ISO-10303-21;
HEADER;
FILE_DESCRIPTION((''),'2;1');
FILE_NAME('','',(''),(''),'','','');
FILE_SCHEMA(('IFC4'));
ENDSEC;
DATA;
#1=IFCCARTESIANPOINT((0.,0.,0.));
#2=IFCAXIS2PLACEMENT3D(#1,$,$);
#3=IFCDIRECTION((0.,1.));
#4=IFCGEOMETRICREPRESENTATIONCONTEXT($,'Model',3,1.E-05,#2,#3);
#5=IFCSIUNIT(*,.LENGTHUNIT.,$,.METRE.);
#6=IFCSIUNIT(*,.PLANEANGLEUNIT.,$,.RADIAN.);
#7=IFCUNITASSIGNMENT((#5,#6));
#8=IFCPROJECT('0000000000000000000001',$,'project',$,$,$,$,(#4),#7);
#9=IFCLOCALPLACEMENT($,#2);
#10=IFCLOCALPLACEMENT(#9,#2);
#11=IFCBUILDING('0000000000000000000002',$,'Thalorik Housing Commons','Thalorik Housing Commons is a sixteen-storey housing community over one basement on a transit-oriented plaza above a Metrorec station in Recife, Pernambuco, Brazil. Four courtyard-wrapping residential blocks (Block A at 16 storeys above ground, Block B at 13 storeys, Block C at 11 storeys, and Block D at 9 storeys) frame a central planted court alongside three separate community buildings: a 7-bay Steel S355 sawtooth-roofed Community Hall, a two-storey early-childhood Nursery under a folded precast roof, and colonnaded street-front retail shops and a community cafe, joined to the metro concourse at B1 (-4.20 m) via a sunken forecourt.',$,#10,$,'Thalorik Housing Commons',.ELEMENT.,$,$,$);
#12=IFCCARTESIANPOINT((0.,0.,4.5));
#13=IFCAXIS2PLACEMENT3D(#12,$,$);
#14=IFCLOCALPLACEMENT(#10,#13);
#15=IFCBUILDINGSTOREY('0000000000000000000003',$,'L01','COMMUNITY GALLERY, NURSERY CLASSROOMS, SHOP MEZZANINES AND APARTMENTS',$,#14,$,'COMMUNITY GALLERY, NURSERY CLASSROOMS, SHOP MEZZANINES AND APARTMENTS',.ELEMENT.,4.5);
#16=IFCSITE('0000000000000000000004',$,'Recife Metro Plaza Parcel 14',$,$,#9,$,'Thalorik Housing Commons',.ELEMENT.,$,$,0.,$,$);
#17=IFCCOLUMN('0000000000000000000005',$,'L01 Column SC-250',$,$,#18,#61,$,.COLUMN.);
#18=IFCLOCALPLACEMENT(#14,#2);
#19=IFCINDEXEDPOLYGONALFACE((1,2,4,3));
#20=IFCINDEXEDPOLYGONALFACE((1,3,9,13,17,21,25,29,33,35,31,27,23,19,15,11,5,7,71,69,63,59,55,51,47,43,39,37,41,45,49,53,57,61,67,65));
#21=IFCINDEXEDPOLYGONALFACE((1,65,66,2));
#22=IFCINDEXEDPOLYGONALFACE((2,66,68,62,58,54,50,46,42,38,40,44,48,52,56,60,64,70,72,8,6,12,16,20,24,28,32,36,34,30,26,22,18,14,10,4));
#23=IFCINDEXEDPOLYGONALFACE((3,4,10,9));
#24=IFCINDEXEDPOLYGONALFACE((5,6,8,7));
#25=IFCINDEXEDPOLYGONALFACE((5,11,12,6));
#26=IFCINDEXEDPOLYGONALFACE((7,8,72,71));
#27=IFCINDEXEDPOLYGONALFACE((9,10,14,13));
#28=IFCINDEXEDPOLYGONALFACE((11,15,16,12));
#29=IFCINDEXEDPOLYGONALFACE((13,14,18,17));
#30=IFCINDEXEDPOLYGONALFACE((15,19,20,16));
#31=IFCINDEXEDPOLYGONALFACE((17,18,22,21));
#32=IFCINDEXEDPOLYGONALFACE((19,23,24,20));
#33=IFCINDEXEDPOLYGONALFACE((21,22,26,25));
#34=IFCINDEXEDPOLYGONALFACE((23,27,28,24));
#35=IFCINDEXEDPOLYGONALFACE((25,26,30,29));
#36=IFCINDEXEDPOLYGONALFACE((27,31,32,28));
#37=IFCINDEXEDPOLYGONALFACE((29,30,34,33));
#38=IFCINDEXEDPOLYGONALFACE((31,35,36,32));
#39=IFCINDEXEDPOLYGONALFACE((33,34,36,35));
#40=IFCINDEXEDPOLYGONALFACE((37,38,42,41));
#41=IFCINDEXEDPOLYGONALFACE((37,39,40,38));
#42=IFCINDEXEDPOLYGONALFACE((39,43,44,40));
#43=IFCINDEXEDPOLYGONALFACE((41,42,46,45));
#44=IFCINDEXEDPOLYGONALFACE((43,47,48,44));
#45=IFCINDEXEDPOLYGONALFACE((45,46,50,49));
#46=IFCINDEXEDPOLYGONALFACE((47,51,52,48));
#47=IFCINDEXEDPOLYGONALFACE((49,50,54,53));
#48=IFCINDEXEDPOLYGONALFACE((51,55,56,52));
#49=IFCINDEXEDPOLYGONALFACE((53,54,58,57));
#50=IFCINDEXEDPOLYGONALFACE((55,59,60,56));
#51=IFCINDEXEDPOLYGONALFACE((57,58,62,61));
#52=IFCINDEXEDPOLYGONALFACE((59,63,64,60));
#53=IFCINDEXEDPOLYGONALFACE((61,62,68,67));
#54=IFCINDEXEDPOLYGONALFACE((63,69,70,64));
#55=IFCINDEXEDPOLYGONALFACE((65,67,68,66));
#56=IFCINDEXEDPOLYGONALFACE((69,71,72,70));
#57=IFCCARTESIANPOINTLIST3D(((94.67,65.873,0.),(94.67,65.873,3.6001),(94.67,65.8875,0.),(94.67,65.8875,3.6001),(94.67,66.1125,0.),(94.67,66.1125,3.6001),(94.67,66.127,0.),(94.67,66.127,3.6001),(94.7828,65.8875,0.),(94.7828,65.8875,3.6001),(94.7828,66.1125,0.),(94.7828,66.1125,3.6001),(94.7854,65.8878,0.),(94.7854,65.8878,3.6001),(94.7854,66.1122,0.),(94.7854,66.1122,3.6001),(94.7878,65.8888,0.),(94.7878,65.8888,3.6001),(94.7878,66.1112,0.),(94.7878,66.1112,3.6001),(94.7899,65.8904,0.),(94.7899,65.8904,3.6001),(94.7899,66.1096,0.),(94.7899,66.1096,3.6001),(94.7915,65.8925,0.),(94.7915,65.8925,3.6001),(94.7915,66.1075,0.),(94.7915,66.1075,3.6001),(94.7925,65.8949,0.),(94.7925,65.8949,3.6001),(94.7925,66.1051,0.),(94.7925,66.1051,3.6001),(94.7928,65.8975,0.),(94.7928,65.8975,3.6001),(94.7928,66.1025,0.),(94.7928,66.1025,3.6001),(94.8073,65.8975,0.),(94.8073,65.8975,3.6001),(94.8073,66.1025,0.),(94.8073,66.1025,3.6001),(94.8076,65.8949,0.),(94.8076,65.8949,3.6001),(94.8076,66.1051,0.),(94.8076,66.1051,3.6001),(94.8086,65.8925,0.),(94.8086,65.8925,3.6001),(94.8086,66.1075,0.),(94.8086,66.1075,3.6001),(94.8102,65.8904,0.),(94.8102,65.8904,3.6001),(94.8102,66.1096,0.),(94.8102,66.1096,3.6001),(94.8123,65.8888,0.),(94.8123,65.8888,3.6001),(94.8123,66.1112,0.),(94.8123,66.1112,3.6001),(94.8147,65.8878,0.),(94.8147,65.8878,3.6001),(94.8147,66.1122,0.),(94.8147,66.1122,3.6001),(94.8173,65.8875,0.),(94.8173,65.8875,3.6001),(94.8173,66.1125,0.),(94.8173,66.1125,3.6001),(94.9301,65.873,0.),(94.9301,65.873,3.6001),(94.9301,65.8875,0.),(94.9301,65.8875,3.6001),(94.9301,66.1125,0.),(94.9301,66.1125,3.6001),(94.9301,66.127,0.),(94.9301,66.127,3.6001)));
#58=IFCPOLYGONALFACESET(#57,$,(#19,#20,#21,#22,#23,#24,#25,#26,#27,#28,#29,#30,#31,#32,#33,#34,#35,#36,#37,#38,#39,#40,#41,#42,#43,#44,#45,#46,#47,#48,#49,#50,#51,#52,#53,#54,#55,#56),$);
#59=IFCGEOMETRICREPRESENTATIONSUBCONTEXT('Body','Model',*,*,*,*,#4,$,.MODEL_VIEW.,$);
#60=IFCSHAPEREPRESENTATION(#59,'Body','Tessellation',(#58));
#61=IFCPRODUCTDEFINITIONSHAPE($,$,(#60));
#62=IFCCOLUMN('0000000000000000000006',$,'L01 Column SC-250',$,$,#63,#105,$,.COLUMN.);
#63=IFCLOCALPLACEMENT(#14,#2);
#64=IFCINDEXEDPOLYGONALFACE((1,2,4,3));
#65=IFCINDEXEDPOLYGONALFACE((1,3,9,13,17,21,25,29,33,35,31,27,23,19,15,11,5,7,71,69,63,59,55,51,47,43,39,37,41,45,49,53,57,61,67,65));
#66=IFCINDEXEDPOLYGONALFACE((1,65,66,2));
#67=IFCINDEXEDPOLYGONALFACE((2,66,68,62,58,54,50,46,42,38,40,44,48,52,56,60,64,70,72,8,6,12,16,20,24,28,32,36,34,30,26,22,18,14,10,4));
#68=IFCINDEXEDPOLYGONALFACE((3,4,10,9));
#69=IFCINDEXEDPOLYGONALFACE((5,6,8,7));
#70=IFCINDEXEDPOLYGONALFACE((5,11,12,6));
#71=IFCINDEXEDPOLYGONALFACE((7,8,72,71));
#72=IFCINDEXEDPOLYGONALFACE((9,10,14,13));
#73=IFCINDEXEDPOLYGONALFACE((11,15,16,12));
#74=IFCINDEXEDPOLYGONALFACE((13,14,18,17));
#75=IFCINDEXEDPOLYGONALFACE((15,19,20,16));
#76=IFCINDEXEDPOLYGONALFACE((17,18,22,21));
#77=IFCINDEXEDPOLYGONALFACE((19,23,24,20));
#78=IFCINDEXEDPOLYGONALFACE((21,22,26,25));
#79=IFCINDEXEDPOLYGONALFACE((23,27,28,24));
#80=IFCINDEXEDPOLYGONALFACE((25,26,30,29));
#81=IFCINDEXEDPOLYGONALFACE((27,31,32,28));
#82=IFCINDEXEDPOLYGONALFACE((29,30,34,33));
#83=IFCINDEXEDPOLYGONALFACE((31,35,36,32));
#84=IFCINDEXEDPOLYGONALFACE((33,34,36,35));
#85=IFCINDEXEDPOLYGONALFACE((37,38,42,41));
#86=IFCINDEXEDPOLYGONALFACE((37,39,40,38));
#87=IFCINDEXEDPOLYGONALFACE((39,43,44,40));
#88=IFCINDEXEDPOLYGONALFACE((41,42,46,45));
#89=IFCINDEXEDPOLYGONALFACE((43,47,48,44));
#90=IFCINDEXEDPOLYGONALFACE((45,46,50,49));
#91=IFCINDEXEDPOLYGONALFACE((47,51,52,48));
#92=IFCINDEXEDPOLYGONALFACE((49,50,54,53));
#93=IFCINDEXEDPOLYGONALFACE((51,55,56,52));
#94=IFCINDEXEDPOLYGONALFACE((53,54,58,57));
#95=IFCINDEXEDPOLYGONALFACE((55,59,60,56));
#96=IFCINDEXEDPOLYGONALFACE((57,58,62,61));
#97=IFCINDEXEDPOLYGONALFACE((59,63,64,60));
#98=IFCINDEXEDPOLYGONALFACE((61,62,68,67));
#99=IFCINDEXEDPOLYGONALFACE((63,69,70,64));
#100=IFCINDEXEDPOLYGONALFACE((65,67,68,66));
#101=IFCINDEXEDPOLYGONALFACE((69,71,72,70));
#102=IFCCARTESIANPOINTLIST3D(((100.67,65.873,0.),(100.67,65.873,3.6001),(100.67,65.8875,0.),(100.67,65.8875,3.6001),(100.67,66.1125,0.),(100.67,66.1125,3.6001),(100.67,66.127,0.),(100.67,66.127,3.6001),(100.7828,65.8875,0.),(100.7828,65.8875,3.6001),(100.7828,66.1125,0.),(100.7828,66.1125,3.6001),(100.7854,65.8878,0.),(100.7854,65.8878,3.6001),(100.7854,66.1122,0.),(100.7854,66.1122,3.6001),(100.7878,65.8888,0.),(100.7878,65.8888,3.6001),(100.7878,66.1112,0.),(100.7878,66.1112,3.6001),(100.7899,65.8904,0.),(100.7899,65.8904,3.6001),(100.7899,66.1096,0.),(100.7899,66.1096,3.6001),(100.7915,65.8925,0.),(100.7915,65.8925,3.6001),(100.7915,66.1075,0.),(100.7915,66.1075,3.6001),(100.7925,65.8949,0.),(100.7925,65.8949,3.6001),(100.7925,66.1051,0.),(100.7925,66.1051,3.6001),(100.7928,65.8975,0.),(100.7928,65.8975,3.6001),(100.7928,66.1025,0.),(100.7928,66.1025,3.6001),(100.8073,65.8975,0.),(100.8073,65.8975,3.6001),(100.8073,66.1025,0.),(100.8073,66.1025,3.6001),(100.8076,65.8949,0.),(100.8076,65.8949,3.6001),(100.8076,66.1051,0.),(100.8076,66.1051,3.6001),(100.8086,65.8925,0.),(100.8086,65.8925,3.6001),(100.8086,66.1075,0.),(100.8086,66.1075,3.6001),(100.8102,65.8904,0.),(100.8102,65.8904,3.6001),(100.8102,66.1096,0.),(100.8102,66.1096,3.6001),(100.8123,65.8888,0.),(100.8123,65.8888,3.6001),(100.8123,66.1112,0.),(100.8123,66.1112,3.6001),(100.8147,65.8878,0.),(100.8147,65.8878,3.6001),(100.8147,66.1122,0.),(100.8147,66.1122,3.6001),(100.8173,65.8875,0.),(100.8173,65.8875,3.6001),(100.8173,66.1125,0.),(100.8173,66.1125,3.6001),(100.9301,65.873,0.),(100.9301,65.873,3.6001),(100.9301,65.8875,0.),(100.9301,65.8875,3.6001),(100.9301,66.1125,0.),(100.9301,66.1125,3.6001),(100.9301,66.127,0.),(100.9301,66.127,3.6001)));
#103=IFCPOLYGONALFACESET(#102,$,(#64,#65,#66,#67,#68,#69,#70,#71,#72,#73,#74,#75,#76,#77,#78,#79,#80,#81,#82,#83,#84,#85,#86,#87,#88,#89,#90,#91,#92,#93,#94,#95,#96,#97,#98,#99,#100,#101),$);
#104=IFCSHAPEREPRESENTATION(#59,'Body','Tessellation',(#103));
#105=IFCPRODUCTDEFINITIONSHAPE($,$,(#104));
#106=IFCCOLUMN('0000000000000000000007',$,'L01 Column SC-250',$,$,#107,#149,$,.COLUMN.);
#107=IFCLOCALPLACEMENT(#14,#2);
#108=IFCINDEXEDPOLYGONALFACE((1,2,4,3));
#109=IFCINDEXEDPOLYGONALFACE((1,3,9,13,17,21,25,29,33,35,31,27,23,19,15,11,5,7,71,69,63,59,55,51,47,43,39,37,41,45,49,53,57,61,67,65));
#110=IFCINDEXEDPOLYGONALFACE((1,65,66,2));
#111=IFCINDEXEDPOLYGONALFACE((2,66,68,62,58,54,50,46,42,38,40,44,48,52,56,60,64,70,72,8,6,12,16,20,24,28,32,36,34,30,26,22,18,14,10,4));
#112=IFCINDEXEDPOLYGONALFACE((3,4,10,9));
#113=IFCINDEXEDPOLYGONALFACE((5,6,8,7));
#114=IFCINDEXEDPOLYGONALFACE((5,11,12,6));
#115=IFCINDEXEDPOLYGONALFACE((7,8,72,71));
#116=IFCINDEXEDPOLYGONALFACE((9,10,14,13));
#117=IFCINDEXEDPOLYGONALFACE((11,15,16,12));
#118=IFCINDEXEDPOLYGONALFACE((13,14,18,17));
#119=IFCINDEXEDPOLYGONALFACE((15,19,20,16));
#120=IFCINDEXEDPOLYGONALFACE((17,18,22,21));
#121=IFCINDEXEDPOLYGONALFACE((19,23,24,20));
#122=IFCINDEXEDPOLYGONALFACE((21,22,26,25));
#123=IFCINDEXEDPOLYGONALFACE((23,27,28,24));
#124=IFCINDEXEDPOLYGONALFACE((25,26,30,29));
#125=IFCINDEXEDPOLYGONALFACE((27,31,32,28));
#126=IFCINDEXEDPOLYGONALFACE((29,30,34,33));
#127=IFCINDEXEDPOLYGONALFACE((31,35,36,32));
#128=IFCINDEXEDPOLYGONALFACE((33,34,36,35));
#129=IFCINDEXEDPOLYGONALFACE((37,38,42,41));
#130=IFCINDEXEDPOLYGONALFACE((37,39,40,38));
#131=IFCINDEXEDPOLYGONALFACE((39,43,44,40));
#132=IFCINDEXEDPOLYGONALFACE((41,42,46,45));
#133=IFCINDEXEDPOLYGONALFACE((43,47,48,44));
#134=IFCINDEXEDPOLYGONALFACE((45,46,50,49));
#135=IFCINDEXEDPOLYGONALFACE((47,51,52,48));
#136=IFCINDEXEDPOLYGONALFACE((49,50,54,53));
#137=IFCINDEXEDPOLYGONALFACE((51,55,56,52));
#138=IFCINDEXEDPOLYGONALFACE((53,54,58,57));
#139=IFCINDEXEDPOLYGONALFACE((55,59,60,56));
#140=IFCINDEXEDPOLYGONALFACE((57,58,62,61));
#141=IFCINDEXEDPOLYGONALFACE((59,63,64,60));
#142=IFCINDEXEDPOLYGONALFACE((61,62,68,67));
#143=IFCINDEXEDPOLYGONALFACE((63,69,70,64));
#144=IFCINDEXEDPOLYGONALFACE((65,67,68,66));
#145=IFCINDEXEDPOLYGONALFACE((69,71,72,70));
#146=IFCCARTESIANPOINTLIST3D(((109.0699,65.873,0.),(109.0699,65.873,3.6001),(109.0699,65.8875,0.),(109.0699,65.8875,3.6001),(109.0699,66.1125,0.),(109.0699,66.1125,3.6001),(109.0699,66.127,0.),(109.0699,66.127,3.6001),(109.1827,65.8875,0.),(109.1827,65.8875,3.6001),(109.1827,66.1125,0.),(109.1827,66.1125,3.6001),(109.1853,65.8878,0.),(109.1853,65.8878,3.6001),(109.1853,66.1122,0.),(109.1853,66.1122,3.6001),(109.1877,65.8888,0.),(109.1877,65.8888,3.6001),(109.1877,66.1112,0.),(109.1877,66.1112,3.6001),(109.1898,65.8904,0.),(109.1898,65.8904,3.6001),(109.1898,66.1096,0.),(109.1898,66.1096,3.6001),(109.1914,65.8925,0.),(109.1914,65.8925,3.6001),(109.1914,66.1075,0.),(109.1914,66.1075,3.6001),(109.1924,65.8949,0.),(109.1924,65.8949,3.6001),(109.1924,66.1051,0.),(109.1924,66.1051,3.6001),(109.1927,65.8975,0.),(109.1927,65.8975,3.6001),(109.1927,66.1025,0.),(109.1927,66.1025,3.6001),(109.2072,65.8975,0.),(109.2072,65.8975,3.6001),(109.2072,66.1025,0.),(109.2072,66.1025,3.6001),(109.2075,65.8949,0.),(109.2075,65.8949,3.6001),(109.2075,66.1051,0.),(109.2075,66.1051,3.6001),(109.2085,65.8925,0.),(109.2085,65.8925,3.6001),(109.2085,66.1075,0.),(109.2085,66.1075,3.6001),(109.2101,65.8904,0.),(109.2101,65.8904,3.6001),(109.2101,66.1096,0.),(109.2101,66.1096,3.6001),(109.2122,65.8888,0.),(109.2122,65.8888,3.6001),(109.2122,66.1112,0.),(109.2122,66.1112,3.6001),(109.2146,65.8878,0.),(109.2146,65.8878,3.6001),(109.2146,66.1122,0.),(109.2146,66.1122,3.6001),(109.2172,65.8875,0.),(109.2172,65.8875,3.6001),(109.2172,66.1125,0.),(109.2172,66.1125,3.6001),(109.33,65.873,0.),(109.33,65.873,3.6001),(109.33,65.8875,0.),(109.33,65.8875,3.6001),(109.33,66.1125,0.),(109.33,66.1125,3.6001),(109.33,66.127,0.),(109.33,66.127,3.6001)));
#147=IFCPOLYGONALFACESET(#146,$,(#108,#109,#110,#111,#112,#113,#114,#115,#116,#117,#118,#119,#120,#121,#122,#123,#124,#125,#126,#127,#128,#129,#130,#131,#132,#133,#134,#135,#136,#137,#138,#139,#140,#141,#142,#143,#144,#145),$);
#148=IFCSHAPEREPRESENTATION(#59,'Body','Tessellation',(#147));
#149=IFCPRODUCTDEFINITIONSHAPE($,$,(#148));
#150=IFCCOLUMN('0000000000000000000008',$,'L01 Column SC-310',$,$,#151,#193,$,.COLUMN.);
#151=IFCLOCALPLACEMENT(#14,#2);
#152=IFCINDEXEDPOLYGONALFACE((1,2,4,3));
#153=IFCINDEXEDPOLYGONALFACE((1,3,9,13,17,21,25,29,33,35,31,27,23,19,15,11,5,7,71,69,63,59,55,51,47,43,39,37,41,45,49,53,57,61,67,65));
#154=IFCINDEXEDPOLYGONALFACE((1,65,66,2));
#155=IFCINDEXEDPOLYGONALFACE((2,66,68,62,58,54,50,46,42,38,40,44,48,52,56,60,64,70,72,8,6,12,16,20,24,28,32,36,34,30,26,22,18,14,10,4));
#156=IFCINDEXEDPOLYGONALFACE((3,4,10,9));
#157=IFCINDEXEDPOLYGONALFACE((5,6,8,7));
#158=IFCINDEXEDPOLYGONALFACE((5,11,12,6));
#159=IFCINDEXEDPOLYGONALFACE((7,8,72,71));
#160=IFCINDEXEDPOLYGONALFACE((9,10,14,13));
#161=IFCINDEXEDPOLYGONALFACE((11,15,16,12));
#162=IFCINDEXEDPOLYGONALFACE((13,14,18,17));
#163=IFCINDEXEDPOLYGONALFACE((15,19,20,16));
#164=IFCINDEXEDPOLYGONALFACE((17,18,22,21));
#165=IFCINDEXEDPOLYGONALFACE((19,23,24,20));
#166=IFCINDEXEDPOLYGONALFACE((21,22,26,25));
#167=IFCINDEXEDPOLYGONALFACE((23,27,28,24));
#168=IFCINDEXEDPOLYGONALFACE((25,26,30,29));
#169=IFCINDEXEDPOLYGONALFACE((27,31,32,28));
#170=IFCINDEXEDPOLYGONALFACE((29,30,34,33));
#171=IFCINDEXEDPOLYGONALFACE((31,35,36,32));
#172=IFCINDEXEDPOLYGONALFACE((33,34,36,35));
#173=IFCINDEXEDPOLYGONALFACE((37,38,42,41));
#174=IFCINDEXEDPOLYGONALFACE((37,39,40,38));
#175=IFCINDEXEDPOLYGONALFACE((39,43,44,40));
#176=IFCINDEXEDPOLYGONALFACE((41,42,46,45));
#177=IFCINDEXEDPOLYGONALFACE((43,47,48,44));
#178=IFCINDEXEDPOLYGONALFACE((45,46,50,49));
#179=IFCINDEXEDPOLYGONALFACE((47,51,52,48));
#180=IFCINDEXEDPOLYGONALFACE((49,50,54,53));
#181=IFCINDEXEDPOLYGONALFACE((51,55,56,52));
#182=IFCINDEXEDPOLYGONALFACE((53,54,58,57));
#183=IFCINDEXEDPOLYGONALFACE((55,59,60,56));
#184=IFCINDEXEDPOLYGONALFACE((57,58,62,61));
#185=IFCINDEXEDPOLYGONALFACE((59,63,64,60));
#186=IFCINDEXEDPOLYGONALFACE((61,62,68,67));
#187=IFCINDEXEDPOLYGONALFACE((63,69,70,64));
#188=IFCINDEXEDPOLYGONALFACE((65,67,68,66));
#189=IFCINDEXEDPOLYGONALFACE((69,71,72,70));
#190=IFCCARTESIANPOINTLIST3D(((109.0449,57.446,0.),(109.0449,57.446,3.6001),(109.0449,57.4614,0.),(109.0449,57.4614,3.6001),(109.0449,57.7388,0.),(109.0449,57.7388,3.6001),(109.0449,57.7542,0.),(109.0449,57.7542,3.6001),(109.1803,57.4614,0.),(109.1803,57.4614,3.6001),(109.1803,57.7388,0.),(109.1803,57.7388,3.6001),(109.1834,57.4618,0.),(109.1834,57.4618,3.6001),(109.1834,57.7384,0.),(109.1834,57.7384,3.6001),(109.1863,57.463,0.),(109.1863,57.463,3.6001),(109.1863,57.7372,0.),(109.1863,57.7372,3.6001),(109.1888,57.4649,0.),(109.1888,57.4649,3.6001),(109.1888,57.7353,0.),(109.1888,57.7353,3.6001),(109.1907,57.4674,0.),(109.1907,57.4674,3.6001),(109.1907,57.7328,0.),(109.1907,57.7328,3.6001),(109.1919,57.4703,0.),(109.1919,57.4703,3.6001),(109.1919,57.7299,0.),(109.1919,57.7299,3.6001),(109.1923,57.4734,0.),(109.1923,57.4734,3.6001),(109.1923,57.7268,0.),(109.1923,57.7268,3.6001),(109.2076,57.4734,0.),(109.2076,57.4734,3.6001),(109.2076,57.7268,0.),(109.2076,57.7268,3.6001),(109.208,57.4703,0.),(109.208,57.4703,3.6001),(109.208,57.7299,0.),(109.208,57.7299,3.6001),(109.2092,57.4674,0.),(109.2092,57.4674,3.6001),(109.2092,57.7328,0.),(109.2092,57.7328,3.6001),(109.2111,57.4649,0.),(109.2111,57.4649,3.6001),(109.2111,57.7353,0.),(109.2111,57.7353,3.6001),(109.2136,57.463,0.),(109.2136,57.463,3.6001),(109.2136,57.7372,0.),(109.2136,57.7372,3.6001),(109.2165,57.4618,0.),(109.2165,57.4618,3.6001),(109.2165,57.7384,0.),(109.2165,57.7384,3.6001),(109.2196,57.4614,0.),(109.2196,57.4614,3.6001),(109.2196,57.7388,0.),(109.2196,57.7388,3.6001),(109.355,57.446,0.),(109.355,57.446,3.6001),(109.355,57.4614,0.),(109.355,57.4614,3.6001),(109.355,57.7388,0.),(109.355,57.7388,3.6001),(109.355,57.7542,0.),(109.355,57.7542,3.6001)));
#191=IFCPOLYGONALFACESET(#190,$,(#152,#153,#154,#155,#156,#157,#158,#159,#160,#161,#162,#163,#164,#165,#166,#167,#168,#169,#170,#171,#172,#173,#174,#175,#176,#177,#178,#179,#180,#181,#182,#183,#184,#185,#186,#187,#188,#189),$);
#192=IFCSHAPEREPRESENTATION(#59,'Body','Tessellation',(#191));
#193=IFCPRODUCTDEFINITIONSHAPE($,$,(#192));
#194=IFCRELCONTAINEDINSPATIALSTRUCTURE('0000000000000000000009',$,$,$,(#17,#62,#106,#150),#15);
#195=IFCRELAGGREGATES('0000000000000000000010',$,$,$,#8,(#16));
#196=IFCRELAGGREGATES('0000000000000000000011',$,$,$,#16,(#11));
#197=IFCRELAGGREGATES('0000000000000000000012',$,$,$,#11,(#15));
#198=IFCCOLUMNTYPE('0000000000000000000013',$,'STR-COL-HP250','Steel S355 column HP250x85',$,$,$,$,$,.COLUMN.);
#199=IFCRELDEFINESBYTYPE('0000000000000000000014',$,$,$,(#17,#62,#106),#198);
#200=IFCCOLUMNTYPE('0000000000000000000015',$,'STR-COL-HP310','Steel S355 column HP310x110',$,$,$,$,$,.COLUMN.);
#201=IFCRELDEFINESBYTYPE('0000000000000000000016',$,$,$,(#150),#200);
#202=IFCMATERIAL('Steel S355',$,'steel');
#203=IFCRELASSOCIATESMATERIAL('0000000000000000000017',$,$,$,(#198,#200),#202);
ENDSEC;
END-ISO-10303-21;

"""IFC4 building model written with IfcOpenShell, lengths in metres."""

from ifc_helpers import new_model, si_unit, direction, frame, origin, origin_2d, place, context, subcontext, project, spatial, i_section, extrude, material, material_profile, profile_set, type_object, element, save


model = new_model("IFC4")

# Units and contexts
model_context = context("Model", 3, precision=1e-05, world=origin(), true_north=direction((0.0, 1.0)))
body_context = subcontext(model_context, "Body", "Model", "MODEL_VIEW")
ifc_project = project(units=[si_unit("LENGTHUNIT", "METRE"), si_unit("PLANEANGLEUNIT", "RADIAN")], contexts=[model_context])

# Site, building, storey
site_placement = place(None, origin())
site = spatial("IfcSite", under=ifc_project, at=site_placement, Name="Recife Metro Plaza Parcel 14", LongName="Thalorik Housing Commons", CompositionType="ELEMENT", RefElevation=0.0)
building_placement = place(site_placement, origin())
building = spatial("IfcBuilding", under=site, at=building_placement, Name="Thalorik Housing Commons", Description="Thalorik Housing Commons is a sixteen-storey housing community over one basement on a transit-oriented plaza above a Metrorec station in Recife, Pernambuco, Brazil. Four courtyard-wrapping residential blocks (Block A at 16 storeys above ground, Block B at 13 storeys, Block C at 11 storeys, and Block D at 9 storeys) frame a central planted court alongside three separate community buildings: a 7-bay Steel S355 sawtooth-roofed Community Hall, a two-storey early-childhood Nursery under a folded precast roof, and colonnaded street-front retail shops and a community cafe, joined to the metro concourse at B1 (-4.20 m) via a sunken forecourt.", LongName="Thalorik Housing Commons", CompositionType="ELEMENT")
storey_placement = place(building_placement, frame((0.0, 0.0, 4.5)))
storey = spatial("IfcBuildingStorey", under=building, at=storey_placement, Name="L01", Description="COMMUNITY GALLERY, NURSERY CLASSROOMS, SHOP MEZZANINES AND APARTMENTS", LongName="COMMUNITY GALLERY, NURSERY CLASSROOMS, SHOP MEZZANINES AND APARTMENTS", CompositionType="ELEMENT", Elevation=4.5)

# Columns
ifc_material_1 = material(Name="Steel S355", Category="steel")
ifc_material_profile_1 = material_profile(ifc_material_1, i_section(OverallWidth=0.26, OverallDepth=0.2539, WebThickness=0.0144, FlangeThickness=0.0144, FilletRadius=0.01, at=origin_2d()), Name="HP250x85", Category="steel")
ifc_profile_set_1 = profile_set([ifc_material_profile_1], Name="Steel S355")
column_type_1 = type_object("IfcColumnType", Name="STR-COL-HP250", Description="Steel S355 column HP250x85", PredefinedType="COLUMN", material=ifc_profile_set_1)
for number, where, z_axis, x_axis, name in (
    (1, (94.8, 66.0, 0.0), (0.0, 0.0, 1.0), (1.0, 0.0, 0.0), "L01 Column SC-250"),
    (2, (100.8, 66.0, 0.0), (0.0, 0.0, 1.0), (1.0, 0.0, 0.0), "L01 Column SC-250"),
    (3, (109.2, 66.0, 0.0), (0.0, 0.0, 1.0), (1.0, 0.0, 0.0), "L01 Column SC-250"),
):
    element("IfcColumn", number, at=place(storey_placement, frame(where, z_axis=z_axis, x_axis=x_axis)), inside=storey, type_object=column_type_1, Name=name, PredefinedType="COLUMN", context=body_context, shape_type="SweptSolid", body=[
        extrude(i_section(OverallWidth=0.26, OverallDepth=0.2539, WebThickness=0.0144, FlangeThickness=0.0144, FilletRadius=0.01, at=origin_2d()), origin(), (0.0, 0.0, 1.0), 3.6001),
    ])
ifc_material_profile_2 = material_profile(ifc_material_1, i_section(OverallWidth=0.3101, OverallDepth=0.3081, WebThickness=0.0154, FlangeThickness=0.0154, FilletRadius=0.012, at=origin_2d()), Name="HP310x110", Category="steel")
ifc_profile_set_2 = profile_set([ifc_material_profile_2], Name="Steel S355")
column_type_2 = type_object("IfcColumnType", Name="STR-COL-HP310", Description="Steel S355 column HP310x110", PredefinedType="COLUMN", material=ifc_profile_set_2)
column_placement = place(storey_placement, frame((109.2, 57.6001, 0.0), z_axis=(0.0, 0.0, 1.0), x_axis=(1.0, 0.0, 0.0)))
element("IfcColumn", 4, at=column_placement, inside=storey, type_object=column_type_2, Name="L01 Column SC-310", PredefinedType="COLUMN", context=body_context, shape_type="SweptSolid", body=[
    extrude(i_section(OverallWidth=0.3101, OverallDepth=0.3081, WebThickness=0.0154, FlangeThickness=0.0154, FilletRadius=0.012, at=origin_2d()), origin(), (0.0, 0.0, 1.0), 3.6001),
])

save(model, "model.ifc")
